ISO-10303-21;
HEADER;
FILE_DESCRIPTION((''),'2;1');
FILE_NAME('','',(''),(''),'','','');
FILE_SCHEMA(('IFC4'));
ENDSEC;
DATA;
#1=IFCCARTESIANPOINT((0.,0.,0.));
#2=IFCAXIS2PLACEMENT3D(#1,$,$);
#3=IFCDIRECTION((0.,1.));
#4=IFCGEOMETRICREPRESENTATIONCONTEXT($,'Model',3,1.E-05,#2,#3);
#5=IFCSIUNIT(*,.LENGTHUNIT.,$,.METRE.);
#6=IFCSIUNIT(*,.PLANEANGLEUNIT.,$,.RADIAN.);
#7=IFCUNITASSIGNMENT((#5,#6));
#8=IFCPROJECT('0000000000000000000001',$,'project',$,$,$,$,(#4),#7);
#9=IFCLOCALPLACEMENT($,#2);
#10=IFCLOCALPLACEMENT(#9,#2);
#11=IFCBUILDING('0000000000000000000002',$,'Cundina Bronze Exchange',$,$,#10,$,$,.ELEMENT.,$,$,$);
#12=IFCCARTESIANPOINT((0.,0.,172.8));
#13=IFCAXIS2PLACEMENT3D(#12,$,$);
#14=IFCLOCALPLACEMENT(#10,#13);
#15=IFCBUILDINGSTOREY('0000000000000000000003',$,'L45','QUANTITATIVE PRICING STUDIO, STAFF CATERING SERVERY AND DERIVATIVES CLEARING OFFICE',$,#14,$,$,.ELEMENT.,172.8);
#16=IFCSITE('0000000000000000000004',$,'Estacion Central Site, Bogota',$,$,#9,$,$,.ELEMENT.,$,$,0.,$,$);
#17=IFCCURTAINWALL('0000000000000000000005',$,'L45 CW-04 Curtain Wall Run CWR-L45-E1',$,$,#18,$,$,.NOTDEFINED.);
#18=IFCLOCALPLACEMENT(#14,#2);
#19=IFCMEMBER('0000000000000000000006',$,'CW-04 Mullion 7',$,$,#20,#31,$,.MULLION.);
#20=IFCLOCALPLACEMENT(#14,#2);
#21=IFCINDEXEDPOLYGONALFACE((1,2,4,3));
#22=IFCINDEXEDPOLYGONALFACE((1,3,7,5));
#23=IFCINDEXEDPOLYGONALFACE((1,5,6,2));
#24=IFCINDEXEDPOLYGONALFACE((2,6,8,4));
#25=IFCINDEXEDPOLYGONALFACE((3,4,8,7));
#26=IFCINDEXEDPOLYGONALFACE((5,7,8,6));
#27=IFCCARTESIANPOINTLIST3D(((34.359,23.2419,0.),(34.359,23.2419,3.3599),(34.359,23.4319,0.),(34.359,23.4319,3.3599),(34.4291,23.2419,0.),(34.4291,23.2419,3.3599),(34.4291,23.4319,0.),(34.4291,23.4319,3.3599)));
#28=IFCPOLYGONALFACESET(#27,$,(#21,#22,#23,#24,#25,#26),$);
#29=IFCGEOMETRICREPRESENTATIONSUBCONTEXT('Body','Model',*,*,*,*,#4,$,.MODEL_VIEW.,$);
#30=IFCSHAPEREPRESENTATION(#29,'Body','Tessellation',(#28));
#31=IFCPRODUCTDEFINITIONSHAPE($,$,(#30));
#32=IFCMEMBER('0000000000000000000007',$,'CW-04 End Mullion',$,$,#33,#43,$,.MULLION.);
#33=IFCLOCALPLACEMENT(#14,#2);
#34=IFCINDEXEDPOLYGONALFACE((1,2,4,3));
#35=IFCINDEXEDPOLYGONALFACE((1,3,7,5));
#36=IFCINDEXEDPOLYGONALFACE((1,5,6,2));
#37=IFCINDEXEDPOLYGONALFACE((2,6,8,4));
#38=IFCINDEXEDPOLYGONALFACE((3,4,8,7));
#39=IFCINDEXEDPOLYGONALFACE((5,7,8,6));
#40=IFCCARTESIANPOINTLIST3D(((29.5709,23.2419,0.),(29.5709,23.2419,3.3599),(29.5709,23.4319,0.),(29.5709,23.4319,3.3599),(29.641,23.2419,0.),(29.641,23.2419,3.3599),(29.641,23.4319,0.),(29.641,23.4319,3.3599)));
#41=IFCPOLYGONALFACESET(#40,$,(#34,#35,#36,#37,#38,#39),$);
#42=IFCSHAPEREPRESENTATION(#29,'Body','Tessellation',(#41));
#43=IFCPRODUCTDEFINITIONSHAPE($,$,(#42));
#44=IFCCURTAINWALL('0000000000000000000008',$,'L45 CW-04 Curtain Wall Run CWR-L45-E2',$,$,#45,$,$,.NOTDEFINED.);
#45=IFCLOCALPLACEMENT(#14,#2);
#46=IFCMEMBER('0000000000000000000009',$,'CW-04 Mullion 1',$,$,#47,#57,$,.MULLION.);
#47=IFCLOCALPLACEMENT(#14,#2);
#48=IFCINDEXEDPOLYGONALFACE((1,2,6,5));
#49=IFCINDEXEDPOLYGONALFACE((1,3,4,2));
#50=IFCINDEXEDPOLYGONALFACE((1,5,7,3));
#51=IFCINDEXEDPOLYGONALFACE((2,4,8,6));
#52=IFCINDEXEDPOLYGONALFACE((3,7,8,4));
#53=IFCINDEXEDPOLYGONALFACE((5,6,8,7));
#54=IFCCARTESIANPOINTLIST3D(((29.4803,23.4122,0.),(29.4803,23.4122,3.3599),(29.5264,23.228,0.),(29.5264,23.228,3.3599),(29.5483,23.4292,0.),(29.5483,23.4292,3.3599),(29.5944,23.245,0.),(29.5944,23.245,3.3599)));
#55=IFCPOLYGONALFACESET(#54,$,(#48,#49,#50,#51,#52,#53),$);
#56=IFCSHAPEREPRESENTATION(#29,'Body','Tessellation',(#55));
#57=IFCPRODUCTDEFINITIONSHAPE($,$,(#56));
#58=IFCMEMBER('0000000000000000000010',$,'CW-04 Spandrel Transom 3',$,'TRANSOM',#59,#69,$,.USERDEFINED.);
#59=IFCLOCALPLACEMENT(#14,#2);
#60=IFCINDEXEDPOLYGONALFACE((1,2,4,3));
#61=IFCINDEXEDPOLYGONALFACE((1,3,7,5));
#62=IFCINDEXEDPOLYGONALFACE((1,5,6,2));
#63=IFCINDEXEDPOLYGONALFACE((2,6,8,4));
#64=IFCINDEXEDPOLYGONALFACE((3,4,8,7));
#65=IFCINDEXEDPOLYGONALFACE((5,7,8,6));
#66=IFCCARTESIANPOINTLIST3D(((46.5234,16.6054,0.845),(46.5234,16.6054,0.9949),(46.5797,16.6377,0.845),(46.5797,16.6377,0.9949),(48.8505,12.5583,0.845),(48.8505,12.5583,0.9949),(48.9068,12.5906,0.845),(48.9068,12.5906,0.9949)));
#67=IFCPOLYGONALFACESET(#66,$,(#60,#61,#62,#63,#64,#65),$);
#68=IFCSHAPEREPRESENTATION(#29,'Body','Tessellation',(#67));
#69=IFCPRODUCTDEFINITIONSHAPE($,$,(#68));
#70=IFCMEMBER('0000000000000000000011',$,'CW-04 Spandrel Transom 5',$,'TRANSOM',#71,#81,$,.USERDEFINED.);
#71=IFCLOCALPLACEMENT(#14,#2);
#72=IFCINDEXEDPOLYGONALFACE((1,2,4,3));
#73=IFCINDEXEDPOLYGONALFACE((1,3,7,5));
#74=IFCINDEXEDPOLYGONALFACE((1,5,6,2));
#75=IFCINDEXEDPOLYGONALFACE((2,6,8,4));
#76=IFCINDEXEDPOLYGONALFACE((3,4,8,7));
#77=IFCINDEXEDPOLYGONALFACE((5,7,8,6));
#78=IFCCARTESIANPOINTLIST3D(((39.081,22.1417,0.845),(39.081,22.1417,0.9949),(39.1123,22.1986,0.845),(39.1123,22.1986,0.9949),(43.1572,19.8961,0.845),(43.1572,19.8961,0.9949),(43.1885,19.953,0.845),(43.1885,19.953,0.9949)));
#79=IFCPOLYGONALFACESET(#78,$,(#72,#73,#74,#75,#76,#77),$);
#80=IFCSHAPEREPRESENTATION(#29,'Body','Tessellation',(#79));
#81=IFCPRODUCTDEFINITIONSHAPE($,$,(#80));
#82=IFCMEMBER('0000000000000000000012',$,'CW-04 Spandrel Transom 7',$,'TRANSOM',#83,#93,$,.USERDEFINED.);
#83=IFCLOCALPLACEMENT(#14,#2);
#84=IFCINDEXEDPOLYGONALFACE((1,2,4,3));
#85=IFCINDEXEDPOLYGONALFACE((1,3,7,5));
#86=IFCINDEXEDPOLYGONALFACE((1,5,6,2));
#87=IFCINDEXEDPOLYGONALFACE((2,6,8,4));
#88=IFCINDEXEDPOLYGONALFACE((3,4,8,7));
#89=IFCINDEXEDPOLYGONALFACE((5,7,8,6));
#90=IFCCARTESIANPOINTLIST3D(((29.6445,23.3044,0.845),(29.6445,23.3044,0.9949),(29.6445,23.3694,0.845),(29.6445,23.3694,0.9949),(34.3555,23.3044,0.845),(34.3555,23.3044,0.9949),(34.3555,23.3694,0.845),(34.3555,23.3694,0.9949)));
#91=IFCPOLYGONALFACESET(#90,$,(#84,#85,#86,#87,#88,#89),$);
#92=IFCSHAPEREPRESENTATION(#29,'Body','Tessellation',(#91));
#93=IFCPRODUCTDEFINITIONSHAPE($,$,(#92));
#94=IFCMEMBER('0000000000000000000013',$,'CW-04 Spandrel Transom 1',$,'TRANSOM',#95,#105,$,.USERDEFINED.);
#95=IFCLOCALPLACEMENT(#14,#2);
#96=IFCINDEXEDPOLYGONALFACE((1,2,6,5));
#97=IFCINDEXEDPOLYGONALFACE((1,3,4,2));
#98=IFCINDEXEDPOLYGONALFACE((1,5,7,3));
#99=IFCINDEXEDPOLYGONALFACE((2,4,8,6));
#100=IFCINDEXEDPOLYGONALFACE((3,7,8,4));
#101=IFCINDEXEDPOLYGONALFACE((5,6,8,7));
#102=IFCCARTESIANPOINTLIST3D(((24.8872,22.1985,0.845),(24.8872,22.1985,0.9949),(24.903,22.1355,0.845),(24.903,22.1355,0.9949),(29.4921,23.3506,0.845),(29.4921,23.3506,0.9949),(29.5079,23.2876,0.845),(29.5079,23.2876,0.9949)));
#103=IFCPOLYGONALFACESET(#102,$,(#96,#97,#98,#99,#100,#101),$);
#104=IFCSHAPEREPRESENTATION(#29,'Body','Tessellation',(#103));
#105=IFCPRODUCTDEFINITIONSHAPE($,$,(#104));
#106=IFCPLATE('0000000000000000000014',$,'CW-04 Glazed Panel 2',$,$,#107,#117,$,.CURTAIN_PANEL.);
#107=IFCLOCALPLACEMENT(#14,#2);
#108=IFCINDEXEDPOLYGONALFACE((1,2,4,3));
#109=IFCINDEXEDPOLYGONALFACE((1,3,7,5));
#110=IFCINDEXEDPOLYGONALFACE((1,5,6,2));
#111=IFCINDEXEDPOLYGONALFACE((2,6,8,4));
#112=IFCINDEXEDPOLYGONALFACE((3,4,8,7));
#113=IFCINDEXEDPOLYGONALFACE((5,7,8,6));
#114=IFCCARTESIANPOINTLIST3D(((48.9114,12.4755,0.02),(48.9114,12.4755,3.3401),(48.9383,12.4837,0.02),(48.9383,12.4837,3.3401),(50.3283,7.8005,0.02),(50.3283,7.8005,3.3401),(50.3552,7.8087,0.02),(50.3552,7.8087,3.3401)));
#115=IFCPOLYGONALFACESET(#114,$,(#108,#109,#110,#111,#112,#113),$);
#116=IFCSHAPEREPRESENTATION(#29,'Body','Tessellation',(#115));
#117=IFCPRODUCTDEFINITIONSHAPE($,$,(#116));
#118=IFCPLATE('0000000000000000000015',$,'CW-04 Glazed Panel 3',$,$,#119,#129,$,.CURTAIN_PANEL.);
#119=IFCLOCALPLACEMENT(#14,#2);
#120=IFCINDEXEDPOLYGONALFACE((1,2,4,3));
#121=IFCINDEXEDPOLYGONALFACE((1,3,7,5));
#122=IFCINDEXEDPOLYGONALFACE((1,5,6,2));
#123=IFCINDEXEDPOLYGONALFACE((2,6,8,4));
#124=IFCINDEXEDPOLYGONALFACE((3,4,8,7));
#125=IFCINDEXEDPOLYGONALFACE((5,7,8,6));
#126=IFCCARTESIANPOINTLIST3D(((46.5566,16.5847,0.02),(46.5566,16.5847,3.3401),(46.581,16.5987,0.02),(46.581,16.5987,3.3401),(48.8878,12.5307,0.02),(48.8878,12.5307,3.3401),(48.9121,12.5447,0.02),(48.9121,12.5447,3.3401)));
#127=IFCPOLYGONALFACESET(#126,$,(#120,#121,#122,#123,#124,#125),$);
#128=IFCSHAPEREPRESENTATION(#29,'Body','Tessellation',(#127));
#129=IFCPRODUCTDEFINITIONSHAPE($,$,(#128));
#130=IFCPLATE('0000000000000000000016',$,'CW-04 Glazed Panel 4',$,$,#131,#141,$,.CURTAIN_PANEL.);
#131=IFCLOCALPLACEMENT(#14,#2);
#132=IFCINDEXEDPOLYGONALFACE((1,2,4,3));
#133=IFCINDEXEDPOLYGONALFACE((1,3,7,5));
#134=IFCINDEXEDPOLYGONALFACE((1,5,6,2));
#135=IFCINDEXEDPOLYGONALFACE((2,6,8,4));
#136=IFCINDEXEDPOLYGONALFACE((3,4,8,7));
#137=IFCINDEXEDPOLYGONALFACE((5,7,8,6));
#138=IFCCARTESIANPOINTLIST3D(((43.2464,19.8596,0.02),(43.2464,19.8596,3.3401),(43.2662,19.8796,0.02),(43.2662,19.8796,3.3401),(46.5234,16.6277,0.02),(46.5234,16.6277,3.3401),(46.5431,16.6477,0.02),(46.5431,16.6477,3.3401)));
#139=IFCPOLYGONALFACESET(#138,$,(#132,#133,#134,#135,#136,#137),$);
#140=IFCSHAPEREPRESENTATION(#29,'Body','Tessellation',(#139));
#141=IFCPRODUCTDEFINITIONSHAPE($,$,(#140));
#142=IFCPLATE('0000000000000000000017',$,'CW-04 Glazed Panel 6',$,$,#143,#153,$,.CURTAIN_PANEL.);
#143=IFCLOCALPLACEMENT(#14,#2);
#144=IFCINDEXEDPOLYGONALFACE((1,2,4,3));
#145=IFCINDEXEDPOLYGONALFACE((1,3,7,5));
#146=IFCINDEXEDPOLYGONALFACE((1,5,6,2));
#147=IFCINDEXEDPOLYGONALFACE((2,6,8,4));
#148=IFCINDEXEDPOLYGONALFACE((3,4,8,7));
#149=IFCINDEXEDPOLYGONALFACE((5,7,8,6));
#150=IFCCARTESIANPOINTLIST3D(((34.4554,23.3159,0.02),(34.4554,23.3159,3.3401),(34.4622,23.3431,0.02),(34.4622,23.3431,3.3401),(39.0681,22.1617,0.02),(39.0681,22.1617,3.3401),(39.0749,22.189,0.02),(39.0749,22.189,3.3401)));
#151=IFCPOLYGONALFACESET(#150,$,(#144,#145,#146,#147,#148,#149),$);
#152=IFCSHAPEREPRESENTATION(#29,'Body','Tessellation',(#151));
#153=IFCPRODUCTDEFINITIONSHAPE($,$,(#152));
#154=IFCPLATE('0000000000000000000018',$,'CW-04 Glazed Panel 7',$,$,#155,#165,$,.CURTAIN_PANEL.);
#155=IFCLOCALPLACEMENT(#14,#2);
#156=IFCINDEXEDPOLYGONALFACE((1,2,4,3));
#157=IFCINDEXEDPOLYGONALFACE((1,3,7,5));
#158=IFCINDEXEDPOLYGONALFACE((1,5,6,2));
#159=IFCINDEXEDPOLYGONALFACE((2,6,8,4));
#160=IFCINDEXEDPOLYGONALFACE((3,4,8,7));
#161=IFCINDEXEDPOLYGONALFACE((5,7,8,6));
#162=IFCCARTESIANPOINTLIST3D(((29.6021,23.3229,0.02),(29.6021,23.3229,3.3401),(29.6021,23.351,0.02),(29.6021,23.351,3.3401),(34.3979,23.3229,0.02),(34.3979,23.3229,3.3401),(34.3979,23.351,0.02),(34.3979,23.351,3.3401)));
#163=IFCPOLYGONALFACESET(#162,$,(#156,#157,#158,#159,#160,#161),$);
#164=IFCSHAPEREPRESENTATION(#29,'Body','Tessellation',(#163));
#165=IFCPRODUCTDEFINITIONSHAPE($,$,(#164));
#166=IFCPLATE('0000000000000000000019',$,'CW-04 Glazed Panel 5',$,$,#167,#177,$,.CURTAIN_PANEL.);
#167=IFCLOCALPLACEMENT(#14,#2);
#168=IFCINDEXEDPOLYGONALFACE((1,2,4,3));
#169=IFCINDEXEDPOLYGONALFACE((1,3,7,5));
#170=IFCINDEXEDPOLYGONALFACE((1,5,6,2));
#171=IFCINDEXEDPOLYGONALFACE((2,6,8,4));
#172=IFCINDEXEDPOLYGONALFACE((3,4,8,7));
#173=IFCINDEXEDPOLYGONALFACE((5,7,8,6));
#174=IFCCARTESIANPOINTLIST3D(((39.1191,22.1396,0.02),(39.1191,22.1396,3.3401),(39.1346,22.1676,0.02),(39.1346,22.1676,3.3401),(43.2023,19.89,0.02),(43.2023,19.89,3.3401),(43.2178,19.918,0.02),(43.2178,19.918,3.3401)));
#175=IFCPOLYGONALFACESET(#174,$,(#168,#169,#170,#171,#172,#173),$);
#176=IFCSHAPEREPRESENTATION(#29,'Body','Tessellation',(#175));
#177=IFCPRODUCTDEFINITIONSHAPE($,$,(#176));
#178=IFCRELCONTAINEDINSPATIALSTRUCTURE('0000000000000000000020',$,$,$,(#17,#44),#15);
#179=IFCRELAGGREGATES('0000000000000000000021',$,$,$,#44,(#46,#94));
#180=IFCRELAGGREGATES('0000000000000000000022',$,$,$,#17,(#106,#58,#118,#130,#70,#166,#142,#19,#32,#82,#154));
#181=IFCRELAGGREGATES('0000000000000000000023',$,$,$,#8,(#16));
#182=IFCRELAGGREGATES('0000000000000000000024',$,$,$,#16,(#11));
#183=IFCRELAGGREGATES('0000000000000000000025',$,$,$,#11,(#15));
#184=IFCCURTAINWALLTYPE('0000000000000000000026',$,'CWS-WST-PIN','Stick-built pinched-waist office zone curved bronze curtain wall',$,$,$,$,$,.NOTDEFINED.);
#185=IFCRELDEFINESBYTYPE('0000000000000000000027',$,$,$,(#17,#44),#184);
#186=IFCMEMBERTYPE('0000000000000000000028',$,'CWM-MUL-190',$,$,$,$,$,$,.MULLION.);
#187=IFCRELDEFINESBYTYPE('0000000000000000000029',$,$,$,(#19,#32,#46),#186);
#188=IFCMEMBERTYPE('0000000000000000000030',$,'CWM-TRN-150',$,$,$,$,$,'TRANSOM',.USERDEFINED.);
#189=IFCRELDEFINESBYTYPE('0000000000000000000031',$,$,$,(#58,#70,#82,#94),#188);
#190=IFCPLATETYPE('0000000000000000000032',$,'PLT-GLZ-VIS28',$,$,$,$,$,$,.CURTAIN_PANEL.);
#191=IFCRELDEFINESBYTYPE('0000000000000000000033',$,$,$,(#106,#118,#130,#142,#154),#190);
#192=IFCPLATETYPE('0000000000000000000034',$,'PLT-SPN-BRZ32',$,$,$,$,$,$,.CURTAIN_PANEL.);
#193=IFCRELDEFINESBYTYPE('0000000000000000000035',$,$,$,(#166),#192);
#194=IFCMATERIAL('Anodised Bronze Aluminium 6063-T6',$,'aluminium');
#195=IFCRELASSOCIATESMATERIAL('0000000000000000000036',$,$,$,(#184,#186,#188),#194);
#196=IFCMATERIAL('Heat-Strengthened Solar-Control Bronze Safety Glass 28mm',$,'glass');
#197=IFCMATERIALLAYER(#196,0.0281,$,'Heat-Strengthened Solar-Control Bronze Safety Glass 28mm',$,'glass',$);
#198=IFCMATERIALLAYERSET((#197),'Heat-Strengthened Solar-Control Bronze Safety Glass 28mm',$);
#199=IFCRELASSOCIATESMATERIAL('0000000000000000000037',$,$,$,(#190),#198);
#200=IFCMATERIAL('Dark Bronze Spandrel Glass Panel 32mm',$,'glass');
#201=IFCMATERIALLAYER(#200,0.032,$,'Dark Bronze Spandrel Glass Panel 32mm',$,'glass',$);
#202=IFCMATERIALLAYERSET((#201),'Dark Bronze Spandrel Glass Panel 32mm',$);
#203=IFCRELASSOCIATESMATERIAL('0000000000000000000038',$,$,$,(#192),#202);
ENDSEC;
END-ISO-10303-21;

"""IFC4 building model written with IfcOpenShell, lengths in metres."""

from ifc_helpers import new_model, si_unit, direction, frame, origin, origin_2d, place, context, subcontext, project, spatial, rectangle, extrude, material, layer, layer_set, material_profile, profile_set, type_object, element, aggregate, save


model = new_model("IFC4")

# Units and contexts
model_context = context("Model", 3, precision=1e-05, world=origin(), true_north=direction((0.0, 1.0)))
body_context = subcontext(model_context, "Body", "Model", "MODEL_VIEW")
ifc_project = project(units=[si_unit("LENGTHUNIT", "METRE"), si_unit("PLANEANGLEUNIT", "RADIAN")], contexts=[model_context])

# Site, building, storey
site_placement = place(None, origin())
site = spatial("IfcSite", under=ifc_project, at=site_placement, Name="Estacion Central Site, Bogota", CompositionType="ELEMENT", RefElevation=0.0)
building_placement = place(site_placement, origin())
building = spatial("IfcBuilding", under=site, at=building_placement, Name="Cundina Bronze Exchange", CompositionType="ELEMENT")
storey_placement = place(building_placement, frame((0.0, 0.0, 172.8)))
storey = spatial("IfcBuildingStorey", under=building, at=storey_placement, Name="L45", Description="QUANTITATIVE PRICING STUDIO, STAFF CATERING SERVERY AND DERIVATIVES CLEARING OFFICE", CompositionType="ELEMENT", Elevation=172.8)

# Curtain wall, members
ifc_material_1 = material(Name="Anodised Bronze Aluminium 6063-T6", Category="aluminium")
curtain_wall_type = type_object("IfcCurtainWallType", Name="CWS-WST-PIN", Description="Stick-built pinched-waist office zone curved bronze curtain wall", PredefinedType="NOTDEFINED", material=ifc_material_1)
curtain_wall_1_placement = place(storey_placement, origin())
curtain_wall_1 = element("IfcCurtainWall", 1, at=curtain_wall_1_placement, inside=storey, type_object=curtain_wall_type, Name="L45 CW-04 Curtain Wall Run CWR-L45-E1", PredefinedType="NOTDEFINED")
ifc_material_profile_1 = material_profile(ifc_material_1, rectangle(XDim=0.0701, YDim=0.1899, at=origin_2d()), Name="AL70X190", Category="aluminium")
ifc_profile_set_1 = profile_set([ifc_material_profile_1], Name="Anodised Bronze Aluminium 6063-T6")
member_type_1 = type_object("IfcMemberType", Name="CWM-MUL-190", PredefinedType="MULLION", material=ifc_profile_set_1)
member_1_placement = place(storey_placement, frame((34.394, 23.3369, 0.0), z_axis=(0.0, 0.0, 1.0), x_axis=(-1.0, 0.0, 0.0)))
member_1 = element("IfcMember", 2, at=member_1_placement, type_object=member_type_1, Name="CW-04 Mullion 7", PredefinedType="MULLION", context=body_context, shape_type="SweptSolid", body=[
    extrude(rectangle(XDim=0.0701, YDim=0.1899, at=origin_2d()), origin(), (0.0, 0.0, 1.0), 3.3599),
])
member_2_placement = place(storey_placement, frame((29.606, 23.3369, 0.0), z_axis=(0.0, 0.0, 1.0), x_axis=(-1.0, 0.0, 0.0)))
member_2 = element("IfcMember", 3, at=member_2_placement, type_object=member_type_1, Name="CW-04 End Mullion", PredefinedType="MULLION", context=body_context, shape_type="SweptSolid", body=[
    extrude(rectangle(XDim=0.0701, YDim=0.1899, at=origin_2d()), origin(), (0.0, 0.0, 1.0), 3.3599),
])

# Curtain wall, member
curtain_wall_2_placement = place(storey_placement, origin())
curtain_wall_2 = element("IfcCurtainWall", 4, at=curtain_wall_2_placement, inside=storey, type_object=curtain_wall_type, Name="L45 CW-04 Curtain Wall Run CWR-L45-E2", PredefinedType="NOTDEFINED")
member_3_placement = place(storey_placement, frame((29.5374, 23.3286, 0.0), z_axis=(0.0, 0.0, 1.0), x_axis=(-0.970084, -0.242769, 0.0)))
member_3 = element("IfcMember", 5, at=member_3_placement, type_object=member_type_1, Name="CW-04 Mullion 1", PredefinedType="MULLION", context=body_context, shape_type="SweptSolid", body=[
    extrude(rectangle(XDim=0.0701, YDim=0.1899, at=origin_2d()), origin(), (0.0, 0.0, 1.0), 3.3599),
])

# Members
ifc_material_profile_2 = material_profile(ifc_material_1, rectangle(XDim=0.0649, YDim=0.1499, at=origin_2d()), Name="AL65X150", Category="aluminium")
ifc_profile_set_2 = profile_set([ifc_material_profile_2], Name="Anodised Bronze Aluminium 6063-T6")
member_type_2 = type_object("IfcMemberType", Name="CWM-TRN-150", ElementType="TRANSOM", PredefinedType="USERDEFINED", material=ifc_profile_set_2)
member_4_placement = place(storey_placement, frame((48.8787, 12.5745, 0.9199), z_axis=(-0.49848, 0.866901, 0.0), x_axis=(-0.866901, -0.49848, 0.0)))
member_4 = element("IfcMember", 6, at=member_4_placement, type_object=member_type_2, Name="CW-04 Spandrel Transom 3", ObjectType="TRANSOM", PredefinedType="USERDEFINED", context=body_context, shape_type="SweptSolid", body=[
    extrude(rectangle(XDim=0.0649, YDim=0.1499, at=origin_2d()), origin(), (0.0, 0.0, 1.0), 4.6685),
])
member_5_placement = place(storey_placement, frame((43.1729, 19.9246, 0.9199), z_axis=(-0.875879, 0.482531, 0.0), x_axis=(-0.482531, -0.875879, 0.0)))
member_5 = element("IfcMember", 7, at=member_5_placement, type_object=member_type_2, Name="CW-04 Spandrel Transom 5", ObjectType="TRANSOM", PredefinedType="USERDEFINED", context=body_context, shape_type="SweptSolid", body=[
    extrude(rectangle(XDim=0.0649, YDim=0.1499, at=origin_2d()), origin(), (0.0, 0.0, 1.0), 4.6538),
])
member_6_placement = place(storey_placement, frame((34.3555, 23.3369, 0.9199), z_axis=(-1.0, 0.0, 0.0), x_axis=(0.0, -1.0, 0.0)))
member_6 = element("IfcMember", 8, at=member_6_placement, type_object=member_type_2, Name="CW-04 Spandrel Transom 7", ObjectType="TRANSOM", PredefinedType="USERDEFINED", context=body_context, shape_type="SweptSolid", body=[
    extrude(rectangle(XDim=0.0649, YDim=0.1499, at=origin_2d()), origin(), (0.0, 0.0, 1.0), 4.7109),
])
member_7_placement = place(storey_placement, frame((29.5, 23.3191, 0.9199), z_axis=(-0.9701, -0.242705, 0.0), x_axis=(0.242705, -0.9701, 0.0)))
member_7 = element("IfcMember", 9, at=member_7_placement, type_object=member_type_2, Name="CW-04 Spandrel Transom 1", ObjectType="TRANSOM", PredefinedType="USERDEFINED", context=body_context, shape_type="SweptSolid", body=[
    extrude(rectangle(XDim=0.0649, YDim=0.1499, at=origin_2d()), origin(), (0.0, 0.0, 1.0), 4.7468),
])
aggregate(curtain_wall_2, [member_3, member_7])

# Plates
ifc_material_2 = material(Name="Heat-Strengthened Solar-Control Bronze Safety Glass 28mm", Category="glass")
ifc_layer_1 = layer(ifc_material_2, 0.0281, Name="Heat-Strengthened Solar-Control Bronze Safety Glass 28mm", Category="glass")
ifc_layer_set_1 = layer_set([ifc_layer_1], Name="Heat-Strengthened Solar-Control Bronze Safety Glass 28mm")
plate_type_1 = type_object("IfcPlateType", Name="PLT-GLZ-VIS28", PredefinedType="CURTAIN_PANEL", material=ifc_layer_set_1)
plate_1_placement = place(storey_placement, frame((49.6333, 10.1421, 0.02), z_axis=(0.0, 0.0, 1.0), x_axis=(-0.290051, 0.957011, 0.0)))
plate_1 = element("IfcPlate", 10, at=plate_1_placement, type_object=plate_type_1, Name="CW-04 Glazed Panel 2", PredefinedType="CURTAIN_PANEL", context=body_context, shape_type="SweptSolid", body=[
    extrude(rectangle(XDim=4.885, YDim=0.0281, at=origin_2d()), origin(), (0.0, 0.0, 1.0), 3.3201),
])
plate_2_placement = place(storey_placement, frame((47.7344, 14.5647, 0.02), z_axis=(0.0, 0.0, 1.0), x_axis=(-0.498488, 0.866897, 0.0)))
plate_2 = element("IfcPlate", 11, at=plate_2_placement, type_object=plate_type_1, Name="CW-04 Glazed Panel 3", PredefinedType="CURTAIN_PANEL", context=body_context, shape_type="SweptSolid", body=[
    extrude(rectangle(XDim=4.6765, YDim=0.0281, at=origin_2d()), origin(), (0.0, 0.0, 1.0), 3.3201),
])
plate_3_placement = place(storey_placement, frame((44.8948, 18.2537, 0.02), z_axis=(0.0, 0.0, 1.0), x_axis=(-0.711989, 0.70219, 0.0)))
plate_3 = element("IfcPlate", 12, at=plate_3_placement, type_object=plate_type_1, Name="CW-04 Glazed Panel 4", PredefinedType="CURTAIN_PANEL", context=body_context, shape_type="SweptSolid", body=[
    extrude(rectangle(XDim=4.6025, YDim=0.0281, at=origin_2d()), origin(), (0.0, 0.0, 1.0), 3.3201),
])
plate_4_placement = place(storey_placement, frame((36.7651, 22.7524, 0.02), z_axis=(0.0, 0.0, 1.0), x_axis=(-0.970093, 0.242735, 0.0)))
plate_4 = element("IfcPlate", 13, at=plate_4_placement, type_object=plate_type_1, Name="CW-04 Glazed Panel 6", PredefinedType="CURTAIN_PANEL", context=body_context, shape_type="SweptSolid", body=[
    extrude(rectangle(XDim=4.7549, YDim=0.0281, at=origin_2d()), origin(), (0.0, 0.0, 1.0), 3.3201),
])
plate_5_placement = place(storey_placement, frame((32.0, 23.3369, 0.02), z_axis=(0.0, 0.0, 1.0), x_axis=(-1.0, 0.0, 0.0)))
plate_5 = element("IfcPlate", 14, at=plate_5_placement, type_object=plate_type_1, Name="CW-04 Glazed Panel 7", PredefinedType="CURTAIN_PANEL", context=body_context, shape_type="SweptSolid", body=[
    extrude(rectangle(XDim=4.7959, YDim=0.0281, at=origin_2d()), origin(), (0.0, 0.0, 1.0), 3.3201),
])
ifc_material_3 = material(Name="Dark Bronze Spandrel Glass Panel 32mm", Category="glass")
ifc_layer_2 = layer(ifc_material_3, 0.032, Name="Dark Bronze Spandrel Glass Panel 32mm", Category="glass")
ifc_layer_set_2 = layer_set([ifc_layer_2], Name="Dark Bronze Spandrel Glass Panel 32mm")
plate_type_2 = type_object("IfcPlateType", Name="PLT-SPN-BRZ32", PredefinedType="CURTAIN_PANEL", material=ifc_layer_set_2)
plate_6_placement = place(storey_placement, frame((41.1685, 21.0288, 0.02), z_axis=(0.0, 0.0, 1.0), x_axis=(-0.875869, 0.482549, 0.0)))
plate_6 = element("IfcPlate", 15, at=plate_6_placement, type_object=plate_type_2, Name="CW-04 Glazed Panel 5", PredefinedType="CURTAIN_PANEL", context=body_context, shape_type="SweptSolid", body=[
    extrude(rectangle(XDim=4.6619, YDim=0.032, at=origin_2d()), origin(), (0.0, 0.0, 1.0), 3.3201),
])
aggregate(curtain_wall_1, [plate_1, member_4, plate_2, plate_3, member_5, plate_6, plate_4, member_1, member_2, member_6, plate_5])

save(model, "model.ifc")
